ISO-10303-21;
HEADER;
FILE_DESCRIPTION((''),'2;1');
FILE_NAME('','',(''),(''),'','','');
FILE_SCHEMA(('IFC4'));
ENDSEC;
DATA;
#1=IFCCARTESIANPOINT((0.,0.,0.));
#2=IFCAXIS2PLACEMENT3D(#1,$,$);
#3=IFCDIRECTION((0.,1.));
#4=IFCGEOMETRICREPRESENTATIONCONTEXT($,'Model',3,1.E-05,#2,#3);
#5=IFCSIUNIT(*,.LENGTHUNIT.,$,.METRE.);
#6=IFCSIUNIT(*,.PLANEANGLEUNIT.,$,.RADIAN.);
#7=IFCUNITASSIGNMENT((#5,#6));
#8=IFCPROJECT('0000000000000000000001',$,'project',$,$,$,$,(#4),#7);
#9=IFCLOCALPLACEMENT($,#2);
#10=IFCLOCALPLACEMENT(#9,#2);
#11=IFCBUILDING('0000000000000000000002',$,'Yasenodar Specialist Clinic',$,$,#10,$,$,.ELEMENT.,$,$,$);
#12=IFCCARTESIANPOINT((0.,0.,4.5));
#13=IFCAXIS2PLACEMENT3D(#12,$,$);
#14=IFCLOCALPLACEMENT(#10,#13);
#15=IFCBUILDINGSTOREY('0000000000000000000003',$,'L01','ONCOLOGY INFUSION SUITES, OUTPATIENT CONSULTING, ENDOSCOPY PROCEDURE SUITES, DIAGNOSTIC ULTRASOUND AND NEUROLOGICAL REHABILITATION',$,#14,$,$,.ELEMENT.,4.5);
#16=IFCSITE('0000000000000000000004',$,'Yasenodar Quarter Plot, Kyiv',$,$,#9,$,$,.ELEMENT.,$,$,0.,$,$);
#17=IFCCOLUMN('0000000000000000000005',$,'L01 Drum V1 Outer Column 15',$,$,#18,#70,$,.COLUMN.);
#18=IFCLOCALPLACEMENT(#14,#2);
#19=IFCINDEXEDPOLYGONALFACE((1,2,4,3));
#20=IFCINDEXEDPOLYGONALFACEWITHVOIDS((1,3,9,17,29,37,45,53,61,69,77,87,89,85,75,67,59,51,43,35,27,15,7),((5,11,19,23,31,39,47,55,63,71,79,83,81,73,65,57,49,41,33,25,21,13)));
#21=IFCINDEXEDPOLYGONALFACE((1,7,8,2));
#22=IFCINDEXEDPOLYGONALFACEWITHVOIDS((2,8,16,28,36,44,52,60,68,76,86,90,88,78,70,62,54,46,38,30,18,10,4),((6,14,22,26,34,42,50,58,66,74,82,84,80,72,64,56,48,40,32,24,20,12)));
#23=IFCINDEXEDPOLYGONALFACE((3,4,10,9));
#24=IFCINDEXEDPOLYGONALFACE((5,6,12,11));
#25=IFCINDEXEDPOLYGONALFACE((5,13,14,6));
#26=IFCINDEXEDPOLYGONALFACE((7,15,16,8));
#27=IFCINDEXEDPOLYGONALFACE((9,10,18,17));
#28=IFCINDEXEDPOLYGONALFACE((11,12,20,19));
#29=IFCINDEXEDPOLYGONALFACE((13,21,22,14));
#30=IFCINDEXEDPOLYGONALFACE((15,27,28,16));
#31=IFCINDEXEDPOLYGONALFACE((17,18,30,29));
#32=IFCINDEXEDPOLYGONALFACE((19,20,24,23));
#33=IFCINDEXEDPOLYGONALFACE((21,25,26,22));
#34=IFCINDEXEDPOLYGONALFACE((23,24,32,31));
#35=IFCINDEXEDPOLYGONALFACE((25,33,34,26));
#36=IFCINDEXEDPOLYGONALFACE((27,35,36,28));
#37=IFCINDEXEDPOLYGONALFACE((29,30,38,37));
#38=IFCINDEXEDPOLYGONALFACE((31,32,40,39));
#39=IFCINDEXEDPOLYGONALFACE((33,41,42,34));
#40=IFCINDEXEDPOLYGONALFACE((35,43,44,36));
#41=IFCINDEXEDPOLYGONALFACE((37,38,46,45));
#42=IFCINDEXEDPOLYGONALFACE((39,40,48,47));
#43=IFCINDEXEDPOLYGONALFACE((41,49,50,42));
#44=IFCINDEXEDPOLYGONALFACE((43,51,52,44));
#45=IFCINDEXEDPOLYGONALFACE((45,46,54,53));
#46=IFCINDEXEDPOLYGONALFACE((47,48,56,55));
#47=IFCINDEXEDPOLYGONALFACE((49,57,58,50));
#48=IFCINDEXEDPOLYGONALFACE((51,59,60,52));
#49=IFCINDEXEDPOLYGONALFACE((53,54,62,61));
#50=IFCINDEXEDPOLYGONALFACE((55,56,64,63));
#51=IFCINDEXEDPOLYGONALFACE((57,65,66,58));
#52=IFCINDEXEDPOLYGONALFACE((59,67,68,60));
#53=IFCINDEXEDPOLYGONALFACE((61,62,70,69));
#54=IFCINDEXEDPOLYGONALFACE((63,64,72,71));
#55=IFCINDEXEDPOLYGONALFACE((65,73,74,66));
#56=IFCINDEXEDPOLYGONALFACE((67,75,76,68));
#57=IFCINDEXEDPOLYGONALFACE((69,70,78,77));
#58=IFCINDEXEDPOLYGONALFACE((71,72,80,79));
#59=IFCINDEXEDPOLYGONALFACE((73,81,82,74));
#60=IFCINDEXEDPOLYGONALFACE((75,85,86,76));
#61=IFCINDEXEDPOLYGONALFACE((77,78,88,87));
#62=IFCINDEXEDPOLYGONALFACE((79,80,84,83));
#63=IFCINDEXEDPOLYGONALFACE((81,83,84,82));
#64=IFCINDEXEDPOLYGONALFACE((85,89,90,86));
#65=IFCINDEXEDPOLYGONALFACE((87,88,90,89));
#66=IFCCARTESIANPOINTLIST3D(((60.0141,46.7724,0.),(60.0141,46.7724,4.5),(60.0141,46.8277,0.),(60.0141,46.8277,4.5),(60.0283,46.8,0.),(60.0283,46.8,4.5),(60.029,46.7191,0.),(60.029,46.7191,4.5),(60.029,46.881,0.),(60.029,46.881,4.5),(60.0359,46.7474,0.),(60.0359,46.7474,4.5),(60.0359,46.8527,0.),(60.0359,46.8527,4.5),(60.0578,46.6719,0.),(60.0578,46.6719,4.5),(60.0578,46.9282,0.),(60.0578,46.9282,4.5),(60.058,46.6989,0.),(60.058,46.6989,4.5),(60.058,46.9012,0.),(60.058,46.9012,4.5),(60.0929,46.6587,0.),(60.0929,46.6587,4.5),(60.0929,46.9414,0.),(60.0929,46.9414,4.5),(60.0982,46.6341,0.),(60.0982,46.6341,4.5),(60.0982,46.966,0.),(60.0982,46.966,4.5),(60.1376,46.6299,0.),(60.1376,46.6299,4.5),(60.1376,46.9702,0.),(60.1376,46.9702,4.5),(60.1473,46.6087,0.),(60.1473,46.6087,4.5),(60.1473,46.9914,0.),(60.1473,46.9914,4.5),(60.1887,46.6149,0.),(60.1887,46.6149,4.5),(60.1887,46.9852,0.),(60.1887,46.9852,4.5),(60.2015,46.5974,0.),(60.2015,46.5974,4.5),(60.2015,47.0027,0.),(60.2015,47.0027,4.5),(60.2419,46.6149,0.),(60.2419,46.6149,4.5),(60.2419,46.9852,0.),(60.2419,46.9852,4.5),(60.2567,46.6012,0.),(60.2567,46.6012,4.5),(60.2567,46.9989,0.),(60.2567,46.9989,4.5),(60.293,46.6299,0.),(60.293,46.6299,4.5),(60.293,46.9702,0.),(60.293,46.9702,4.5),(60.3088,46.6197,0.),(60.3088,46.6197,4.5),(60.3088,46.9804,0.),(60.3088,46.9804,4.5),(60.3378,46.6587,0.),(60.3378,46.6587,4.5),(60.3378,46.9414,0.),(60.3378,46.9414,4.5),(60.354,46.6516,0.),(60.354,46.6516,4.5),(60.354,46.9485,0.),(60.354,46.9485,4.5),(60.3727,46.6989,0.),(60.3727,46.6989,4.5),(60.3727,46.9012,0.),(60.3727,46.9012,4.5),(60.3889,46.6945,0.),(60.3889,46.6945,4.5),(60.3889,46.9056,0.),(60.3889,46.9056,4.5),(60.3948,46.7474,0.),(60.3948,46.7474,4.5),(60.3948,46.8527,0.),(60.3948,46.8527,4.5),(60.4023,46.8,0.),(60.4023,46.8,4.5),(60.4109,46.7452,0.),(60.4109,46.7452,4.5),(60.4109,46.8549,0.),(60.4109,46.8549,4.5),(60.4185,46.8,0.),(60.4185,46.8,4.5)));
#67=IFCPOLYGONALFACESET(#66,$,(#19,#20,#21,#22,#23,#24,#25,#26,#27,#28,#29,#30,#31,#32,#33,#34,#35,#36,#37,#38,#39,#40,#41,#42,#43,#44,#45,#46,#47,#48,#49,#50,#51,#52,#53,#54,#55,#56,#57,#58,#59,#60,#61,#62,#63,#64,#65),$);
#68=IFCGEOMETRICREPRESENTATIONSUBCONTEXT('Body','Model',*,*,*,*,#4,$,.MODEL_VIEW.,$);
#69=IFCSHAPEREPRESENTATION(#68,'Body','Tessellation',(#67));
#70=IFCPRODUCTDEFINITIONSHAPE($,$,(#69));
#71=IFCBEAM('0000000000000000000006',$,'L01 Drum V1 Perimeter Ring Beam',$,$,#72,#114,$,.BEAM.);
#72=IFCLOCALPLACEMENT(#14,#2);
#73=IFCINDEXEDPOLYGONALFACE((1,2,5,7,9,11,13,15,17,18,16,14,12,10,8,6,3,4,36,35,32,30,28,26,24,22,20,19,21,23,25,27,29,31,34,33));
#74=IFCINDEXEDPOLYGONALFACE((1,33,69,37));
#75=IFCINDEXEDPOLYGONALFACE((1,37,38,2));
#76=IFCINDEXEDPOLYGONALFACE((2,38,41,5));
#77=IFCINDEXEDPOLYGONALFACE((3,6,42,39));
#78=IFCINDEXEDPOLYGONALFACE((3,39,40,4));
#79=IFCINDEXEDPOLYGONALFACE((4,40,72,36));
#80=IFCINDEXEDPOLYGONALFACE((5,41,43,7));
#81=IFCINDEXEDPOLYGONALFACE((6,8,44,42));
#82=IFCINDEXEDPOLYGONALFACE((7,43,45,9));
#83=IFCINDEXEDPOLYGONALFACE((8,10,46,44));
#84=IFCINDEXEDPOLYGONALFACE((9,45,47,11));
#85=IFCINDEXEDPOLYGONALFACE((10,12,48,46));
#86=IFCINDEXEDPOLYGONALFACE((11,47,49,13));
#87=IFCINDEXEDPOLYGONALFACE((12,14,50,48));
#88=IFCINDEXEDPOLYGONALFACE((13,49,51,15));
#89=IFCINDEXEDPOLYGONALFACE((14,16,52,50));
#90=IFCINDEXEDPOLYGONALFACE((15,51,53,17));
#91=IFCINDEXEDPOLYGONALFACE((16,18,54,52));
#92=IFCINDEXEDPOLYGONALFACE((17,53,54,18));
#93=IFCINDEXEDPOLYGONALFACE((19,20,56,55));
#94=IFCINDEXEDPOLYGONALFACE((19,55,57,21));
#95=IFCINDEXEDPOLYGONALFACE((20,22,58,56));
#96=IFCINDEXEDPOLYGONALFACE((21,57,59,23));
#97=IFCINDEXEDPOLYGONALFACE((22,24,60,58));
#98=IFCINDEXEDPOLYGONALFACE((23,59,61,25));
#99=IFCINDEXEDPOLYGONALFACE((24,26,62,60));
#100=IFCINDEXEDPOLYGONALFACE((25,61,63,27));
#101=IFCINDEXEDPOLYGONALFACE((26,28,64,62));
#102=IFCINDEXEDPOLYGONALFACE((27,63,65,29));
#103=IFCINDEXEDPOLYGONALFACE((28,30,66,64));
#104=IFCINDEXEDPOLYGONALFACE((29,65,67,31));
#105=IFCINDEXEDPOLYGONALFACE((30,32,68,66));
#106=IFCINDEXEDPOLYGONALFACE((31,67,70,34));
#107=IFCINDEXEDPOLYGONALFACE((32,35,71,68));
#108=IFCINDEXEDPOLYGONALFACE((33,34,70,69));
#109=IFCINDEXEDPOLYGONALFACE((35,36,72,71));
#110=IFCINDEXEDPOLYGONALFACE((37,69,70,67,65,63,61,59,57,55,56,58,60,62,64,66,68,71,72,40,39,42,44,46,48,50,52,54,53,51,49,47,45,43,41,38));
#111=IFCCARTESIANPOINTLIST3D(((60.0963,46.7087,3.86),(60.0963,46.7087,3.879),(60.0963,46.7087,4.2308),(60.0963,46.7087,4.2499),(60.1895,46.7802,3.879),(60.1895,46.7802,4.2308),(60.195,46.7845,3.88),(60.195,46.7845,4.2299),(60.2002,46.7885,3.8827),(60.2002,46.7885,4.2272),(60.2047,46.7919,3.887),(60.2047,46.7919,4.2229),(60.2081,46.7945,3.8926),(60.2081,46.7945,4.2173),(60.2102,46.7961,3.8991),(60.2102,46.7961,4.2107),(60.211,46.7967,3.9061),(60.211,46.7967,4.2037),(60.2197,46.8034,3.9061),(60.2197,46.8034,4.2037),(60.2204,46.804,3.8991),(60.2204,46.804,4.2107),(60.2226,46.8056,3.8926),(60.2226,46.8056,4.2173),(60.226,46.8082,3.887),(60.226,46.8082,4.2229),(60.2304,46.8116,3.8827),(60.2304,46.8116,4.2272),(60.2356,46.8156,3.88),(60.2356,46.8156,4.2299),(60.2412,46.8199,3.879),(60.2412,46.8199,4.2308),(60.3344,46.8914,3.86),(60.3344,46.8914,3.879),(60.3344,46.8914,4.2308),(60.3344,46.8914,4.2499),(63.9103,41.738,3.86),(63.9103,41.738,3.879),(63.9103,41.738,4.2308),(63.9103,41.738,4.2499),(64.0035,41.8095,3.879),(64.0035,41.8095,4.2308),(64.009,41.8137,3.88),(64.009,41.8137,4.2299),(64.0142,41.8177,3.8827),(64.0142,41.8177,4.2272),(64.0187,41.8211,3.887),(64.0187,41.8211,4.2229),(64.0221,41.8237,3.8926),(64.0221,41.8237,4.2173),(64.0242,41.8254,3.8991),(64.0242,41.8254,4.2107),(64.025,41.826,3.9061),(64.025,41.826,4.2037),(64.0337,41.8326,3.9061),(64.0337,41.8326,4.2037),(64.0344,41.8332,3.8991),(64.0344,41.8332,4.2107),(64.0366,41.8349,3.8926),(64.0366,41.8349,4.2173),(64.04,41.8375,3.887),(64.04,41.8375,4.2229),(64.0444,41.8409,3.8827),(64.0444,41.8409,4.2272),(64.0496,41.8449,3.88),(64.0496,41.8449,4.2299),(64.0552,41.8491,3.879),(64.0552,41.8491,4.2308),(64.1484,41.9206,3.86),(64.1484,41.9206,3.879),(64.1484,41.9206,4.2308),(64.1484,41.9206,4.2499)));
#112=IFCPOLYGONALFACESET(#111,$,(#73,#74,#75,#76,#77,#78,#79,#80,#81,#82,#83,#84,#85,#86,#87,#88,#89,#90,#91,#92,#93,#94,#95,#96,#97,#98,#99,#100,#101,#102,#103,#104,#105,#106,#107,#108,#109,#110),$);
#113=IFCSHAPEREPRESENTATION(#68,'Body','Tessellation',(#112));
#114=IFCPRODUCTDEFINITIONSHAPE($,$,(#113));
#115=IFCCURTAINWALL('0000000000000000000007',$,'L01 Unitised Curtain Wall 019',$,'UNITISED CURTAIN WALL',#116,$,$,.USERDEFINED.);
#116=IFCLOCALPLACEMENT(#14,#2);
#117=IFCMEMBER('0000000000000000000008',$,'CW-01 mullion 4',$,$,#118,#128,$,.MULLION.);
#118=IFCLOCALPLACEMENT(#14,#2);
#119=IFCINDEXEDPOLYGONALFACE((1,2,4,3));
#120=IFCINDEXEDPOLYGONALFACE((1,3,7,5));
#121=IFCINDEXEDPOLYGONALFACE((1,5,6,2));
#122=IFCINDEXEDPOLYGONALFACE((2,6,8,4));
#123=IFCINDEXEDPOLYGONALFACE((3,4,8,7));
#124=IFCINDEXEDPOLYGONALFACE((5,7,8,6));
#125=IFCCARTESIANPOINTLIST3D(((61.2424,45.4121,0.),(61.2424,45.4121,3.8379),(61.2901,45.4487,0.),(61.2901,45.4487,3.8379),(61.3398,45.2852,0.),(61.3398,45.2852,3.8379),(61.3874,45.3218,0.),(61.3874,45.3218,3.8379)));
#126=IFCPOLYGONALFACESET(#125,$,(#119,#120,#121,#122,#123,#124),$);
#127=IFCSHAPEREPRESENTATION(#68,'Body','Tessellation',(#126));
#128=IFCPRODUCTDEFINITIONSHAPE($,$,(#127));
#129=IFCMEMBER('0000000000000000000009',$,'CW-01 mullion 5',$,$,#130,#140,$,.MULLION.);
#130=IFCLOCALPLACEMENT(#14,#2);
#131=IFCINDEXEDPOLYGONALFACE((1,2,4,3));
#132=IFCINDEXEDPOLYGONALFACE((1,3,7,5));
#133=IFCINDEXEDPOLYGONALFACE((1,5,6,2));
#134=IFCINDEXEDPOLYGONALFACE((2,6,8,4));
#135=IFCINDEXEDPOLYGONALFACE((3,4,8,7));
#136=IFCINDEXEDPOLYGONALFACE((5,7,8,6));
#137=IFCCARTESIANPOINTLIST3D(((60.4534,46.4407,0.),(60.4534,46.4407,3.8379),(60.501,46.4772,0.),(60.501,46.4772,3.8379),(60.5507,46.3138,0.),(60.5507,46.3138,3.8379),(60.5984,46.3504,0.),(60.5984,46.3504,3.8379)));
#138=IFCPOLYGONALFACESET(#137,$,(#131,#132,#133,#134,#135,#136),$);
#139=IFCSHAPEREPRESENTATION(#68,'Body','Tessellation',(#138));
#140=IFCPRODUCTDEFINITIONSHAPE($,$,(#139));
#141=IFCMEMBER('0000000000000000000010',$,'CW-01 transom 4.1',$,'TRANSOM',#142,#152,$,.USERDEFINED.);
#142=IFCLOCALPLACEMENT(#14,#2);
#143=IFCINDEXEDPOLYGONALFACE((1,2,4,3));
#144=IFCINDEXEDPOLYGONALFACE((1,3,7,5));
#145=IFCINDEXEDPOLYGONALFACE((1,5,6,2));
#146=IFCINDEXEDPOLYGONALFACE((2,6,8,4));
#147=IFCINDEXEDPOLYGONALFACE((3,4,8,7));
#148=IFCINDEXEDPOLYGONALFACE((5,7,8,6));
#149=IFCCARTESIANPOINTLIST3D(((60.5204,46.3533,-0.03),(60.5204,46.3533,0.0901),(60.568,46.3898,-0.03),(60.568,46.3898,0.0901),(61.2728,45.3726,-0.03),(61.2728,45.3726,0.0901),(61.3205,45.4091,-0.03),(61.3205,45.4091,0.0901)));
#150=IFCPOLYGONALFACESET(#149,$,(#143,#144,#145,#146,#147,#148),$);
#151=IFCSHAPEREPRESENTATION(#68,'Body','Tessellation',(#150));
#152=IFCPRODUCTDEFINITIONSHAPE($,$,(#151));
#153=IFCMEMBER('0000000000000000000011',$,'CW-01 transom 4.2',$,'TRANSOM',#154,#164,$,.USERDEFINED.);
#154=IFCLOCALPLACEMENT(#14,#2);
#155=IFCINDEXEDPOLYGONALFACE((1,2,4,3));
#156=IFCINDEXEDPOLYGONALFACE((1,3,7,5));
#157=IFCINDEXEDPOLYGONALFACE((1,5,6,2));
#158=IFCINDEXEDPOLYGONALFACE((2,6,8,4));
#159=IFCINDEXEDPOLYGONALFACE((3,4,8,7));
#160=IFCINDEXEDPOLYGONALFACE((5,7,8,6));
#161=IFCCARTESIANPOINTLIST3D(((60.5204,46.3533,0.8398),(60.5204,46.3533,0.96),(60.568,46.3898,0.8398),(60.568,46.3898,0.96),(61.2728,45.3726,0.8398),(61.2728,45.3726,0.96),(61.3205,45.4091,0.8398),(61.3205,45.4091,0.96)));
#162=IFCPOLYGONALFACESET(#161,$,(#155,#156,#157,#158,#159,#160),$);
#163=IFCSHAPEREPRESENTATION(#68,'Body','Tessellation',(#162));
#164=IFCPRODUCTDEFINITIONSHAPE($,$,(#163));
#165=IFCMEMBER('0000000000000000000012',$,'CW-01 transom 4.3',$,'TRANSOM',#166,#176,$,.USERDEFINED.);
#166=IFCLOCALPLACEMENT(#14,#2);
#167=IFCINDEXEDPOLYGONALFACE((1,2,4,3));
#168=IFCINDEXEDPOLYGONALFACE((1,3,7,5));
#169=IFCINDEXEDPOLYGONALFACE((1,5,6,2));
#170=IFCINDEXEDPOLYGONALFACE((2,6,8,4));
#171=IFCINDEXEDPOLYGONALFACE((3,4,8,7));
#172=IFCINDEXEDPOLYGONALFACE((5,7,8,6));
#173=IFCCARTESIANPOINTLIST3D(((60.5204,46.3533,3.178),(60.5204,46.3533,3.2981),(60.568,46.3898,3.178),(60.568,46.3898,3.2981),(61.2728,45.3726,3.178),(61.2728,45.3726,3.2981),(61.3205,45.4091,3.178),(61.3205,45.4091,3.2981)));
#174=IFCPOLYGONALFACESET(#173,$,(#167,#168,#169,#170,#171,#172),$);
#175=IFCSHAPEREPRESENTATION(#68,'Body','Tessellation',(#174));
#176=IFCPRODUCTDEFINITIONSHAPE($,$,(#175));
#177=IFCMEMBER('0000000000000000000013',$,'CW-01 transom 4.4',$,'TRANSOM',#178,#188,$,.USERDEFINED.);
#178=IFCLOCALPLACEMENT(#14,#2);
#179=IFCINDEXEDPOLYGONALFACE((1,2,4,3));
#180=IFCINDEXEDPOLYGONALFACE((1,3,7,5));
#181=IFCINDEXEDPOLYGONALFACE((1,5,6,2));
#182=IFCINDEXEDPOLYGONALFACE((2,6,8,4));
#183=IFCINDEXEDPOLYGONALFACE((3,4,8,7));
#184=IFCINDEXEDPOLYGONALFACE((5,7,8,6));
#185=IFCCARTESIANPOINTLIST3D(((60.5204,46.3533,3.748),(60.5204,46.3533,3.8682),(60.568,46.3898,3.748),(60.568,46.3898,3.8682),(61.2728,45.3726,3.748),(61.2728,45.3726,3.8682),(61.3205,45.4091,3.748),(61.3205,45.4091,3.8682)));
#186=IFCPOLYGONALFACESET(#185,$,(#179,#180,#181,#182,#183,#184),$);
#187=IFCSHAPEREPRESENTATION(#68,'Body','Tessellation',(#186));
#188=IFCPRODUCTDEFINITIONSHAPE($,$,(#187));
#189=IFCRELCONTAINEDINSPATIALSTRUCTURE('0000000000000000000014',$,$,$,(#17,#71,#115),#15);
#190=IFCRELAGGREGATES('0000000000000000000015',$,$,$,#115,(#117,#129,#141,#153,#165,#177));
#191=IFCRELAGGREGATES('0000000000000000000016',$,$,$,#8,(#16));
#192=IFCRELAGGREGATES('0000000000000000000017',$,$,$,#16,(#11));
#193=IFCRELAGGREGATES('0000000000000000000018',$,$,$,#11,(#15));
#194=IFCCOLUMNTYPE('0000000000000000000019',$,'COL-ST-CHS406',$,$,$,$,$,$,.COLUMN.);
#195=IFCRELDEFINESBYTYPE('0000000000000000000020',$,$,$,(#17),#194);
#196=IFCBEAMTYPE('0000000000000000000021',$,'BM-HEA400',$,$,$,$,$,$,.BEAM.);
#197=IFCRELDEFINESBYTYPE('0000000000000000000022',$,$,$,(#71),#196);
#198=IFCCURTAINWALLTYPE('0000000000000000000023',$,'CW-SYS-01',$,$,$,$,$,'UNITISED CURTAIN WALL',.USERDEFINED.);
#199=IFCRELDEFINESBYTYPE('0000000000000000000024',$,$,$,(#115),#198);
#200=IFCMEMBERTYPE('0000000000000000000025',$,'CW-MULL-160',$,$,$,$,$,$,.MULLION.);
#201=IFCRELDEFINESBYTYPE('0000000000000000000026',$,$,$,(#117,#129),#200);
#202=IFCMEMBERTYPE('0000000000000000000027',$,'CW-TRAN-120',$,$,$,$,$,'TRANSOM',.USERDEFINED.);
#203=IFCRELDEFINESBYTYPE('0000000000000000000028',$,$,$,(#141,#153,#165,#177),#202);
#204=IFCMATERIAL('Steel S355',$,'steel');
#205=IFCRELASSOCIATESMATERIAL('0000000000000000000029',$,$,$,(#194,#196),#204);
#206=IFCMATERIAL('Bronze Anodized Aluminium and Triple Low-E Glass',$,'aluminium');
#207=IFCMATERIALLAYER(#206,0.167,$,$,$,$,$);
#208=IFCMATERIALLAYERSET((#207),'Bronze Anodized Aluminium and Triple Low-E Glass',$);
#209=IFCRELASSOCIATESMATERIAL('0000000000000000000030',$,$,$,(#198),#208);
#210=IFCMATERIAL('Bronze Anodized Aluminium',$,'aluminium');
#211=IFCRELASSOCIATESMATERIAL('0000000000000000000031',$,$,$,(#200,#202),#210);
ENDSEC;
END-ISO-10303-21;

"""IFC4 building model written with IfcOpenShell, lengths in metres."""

from ifc_helpers import new_model, si_unit, direction, frame, origin, origin_2d, place, context, subcontext, project, spatial, rectangle, hollow_circle, i_section, extrude, material, layer, layer_set, material_profile, profile_set, type_object, element, aggregate, save


model = new_model("IFC4")

# Units and contexts
model_context = context("Model", 3, precision=1e-05, world=origin(), true_north=direction((0.0, 1.0)))
body_context = subcontext(model_context, "Body", "Model", "MODEL_VIEW")
ifc_project = project(units=[si_unit("LENGTHUNIT", "METRE"), si_unit("PLANEANGLEUNIT", "RADIAN")], contexts=[model_context])

# Site, building, storey
site_placement = place(None, origin())
site = spatial("IfcSite", under=ifc_project, at=site_placement, Name="Yasenodar Quarter Plot, Kyiv", CompositionType="ELEMENT", RefElevation=0.0)
building_placement = place(site_placement, origin())
building = spatial("IfcBuilding", under=site, at=building_placement, Name="Yasenodar Specialist Clinic", CompositionType="ELEMENT")
storey_placement = place(building_placement, frame((0.0, 0.0, 4.5)))
storey = spatial("IfcBuildingStorey", under=building, at=storey_placement, Name="L01", Description="ONCOLOGY INFUSION SUITES, OUTPATIENT CONSULTING, ENDOSCOPY PROCEDURE SUITES, DIAGNOSTIC ULTRASOUND AND NEUROLOGICAL REHABILITATION", CompositionType="ELEMENT", Elevation=4.5)

# Column
ifc_material_1 = material(Name="Steel S355", Category="steel")
ifc_material_profile_1 = material_profile(ifc_material_1, hollow_circle(Radius=0.2031, WallThickness=0.0161, at=origin_2d()), Name="CHS 406.4x16")
ifc_profile_set_1 = profile_set([ifc_material_profile_1], Name="Steel S355")
column_type = type_object("IfcColumnType", Name="COL-ST-CHS406", PredefinedType="COLUMN", material=ifc_profile_set_1)
column_placement = place(storey_placement, frame((60.2153, 46.8, 0.0), z_axis=(0.0, 0.0, 1.0), x_axis=(1.0, 0.0, 0.0)))
element("IfcColumn", 1, at=column_placement, inside=storey, type_object=column_type, Name="L01 Drum V1 Outer Column 15", PredefinedType="COLUMN", context=body_context, shape_type="SweptSolid", body=[
    extrude(hollow_circle(Radius=0.2031, WallThickness=0.0161, at=origin_2d()), origin(), (0.0, 0.0, 1.0), 4.5),
])

# Beam
ifc_material_profile_2 = material_profile(ifc_material_1, i_section(OverallWidth=0.3, OverallDepth=0.3899, WebThickness=0.011, FlangeThickness=0.019, FilletRadius=0.0271, at=origin_2d()), Name="HEA 400")
ifc_profile_set_2 = profile_set([ifc_material_profile_2], Name="Steel S355")
beam_type = type_object("IfcBeamType", Name="BM-HEA400", PredefinedType="BEAM", material=ifc_profile_set_2)
beam_placement = place(storey_placement, frame((60.2153, 46.8, 4.0549), z_axis=(0.608742, -0.793368, 0.0), x_axis=(0.793368, 0.608742, 0.0)))
element("IfcBeam", 2, at=beam_placement, inside=storey, type_object=beam_type, Name="L01 Drum V1 Perimeter Ring Beam", PredefinedType="BEAM", context=body_context, shape_type="SweptSolid", body=[
    extrude(i_section(OverallWidth=0.3, OverallDepth=0.3899, WebThickness=0.011, FlangeThickness=0.019, FilletRadius=0.0271, at=origin_2d()), origin(), (0.0, 0.0, 1.0), 6.2654),
])

# Curtain wall, members
ifc_material_2 = material(Name="Bronze Anodized Aluminium and Triple Low-E Glass", Category="aluminium")
ifc_layer_1 = layer(ifc_material_2, 0.167)
ifc_layer_set_1 = layer_set([ifc_layer_1], Name="Bronze Anodized Aluminium and Triple Low-E Glass")
curtain_wall_type = type_object("IfcCurtainWallType", Name="CW-SYS-01", ElementType="UNITISED CURTAIN WALL", PredefinedType="USERDEFINED", material=ifc_layer_set_1)
curtain_wall_placement = place(storey_placement, origin())
curtain_wall = element("IfcCurtainWall", 3, at=curtain_wall_placement, inside=storey, type_object=curtain_wall_type, Name="L01 Unitised Curtain Wall 019", ObjectType="UNITISED CURTAIN WALL", PredefinedType="USERDEFINED")
ifc_material_3 = material(Name="Bronze Anodized Aluminium", Category="aluminium")
ifc_material_profile_3 = material_profile(ifc_material_3, rectangle(XDim=0.0601, YDim=0.1599, at=origin_2d()), Name="CW-MULL 60x160")
ifc_profile_set_3 = profile_set([ifc_material_profile_3], Name="Bronze Anodized Aluminium")
member_type_1 = type_object("IfcMemberType", Name="CW-MULL-160", PredefinedType="MULLION", material=ifc_profile_set_3)
member_1_placement = place(storey_placement, frame((61.3149, 45.3669, 0.0), z_axis=(0.0, 0.0, 1.0), x_axis=(-0.793361, -0.608752, 0.0)))
member_1 = element("IfcMember", 4, at=member_1_placement, type_object=member_type_1, Name="CW-01 mullion 4", PredefinedType="MULLION", context=body_context, shape_type="SweptSolid", body=[
    extrude(rectangle(XDim=0.0601, YDim=0.1599, at=origin_2d()), origin(), (0.0, 0.0, 1.0), 3.8379),
])
member_2_placement = place(storey_placement, frame((60.5259, 46.3955, 0.0), z_axis=(0.0, 0.0, 1.0), x_axis=(-0.793361, -0.608752, 0.0)))
member_2 = element("IfcMember", 5, at=member_2_placement, type_object=member_type_1, Name="CW-01 mullion 5", PredefinedType="MULLION", context=body_context, shape_type="SweptSolid", body=[
    extrude(rectangle(XDim=0.0601, YDim=0.1599, at=origin_2d()), origin(), (0.0, 0.0, 1.0), 3.8379),
])
ifc_material_profile_4 = material_profile(ifc_material_3, rectangle(XDim=0.0601, YDim=0.1201, at=origin_2d()), Name="CW-TRAN 60x120")
ifc_profile_set_4 = profile_set([ifc_material_profile_4], Name="Bronze Anodized Aluminium")
member_type_2 = type_object("IfcMemberType", Name="CW-TRAN-120", ElementType="TRANSOM", PredefinedType="USERDEFINED", material=ifc_profile_set_4)
member_3_placement = place(storey_placement, frame((61.2966, 45.3909, 0.03), z_axis=(-0.608718, 0.793387, 0.0), x_axis=(-0.793387, -0.608718, 0.0)))
member_3 = element("IfcMember", 6, at=member_3_placement, type_object=member_type_2, Name="CW-01 transom 4.1", ObjectType="TRANSOM", PredefinedType="USERDEFINED", context=body_context, shape_type="SweptSolid", body=[
    extrude(rectangle(XDim=0.0601, YDim=0.1201, at=origin_2d()), origin(), (0.0, 0.0, 1.0), 1.2361),
])
member_4_placement = place(storey_placement, frame((61.2966, 45.3909, 0.8999), z_axis=(-0.608718, 0.793387, 0.0), x_axis=(-0.793387, -0.608718, 0.0)))
member_4 = element("IfcMember", 7, at=member_4_placement, type_object=member_type_2, Name="CW-01 transom 4.2", ObjectType="TRANSOM", PredefinedType="USERDEFINED", context=body_context, shape_type="SweptSolid", body=[
    extrude(rectangle(XDim=0.0601, YDim=0.1201, at=origin_2d()), origin(), (0.0, 0.0, 1.0), 1.2361),
])
member_5_placement = place(storey_placement, frame((61.2966, 45.3909, 3.238), z_axis=(-0.608718, 0.793387, 0.0), x_axis=(-0.793387, -0.608718, 0.0)))
member_5 = element("IfcMember", 8, at=member_5_placement, type_object=member_type_2, Name="CW-01 transom 4.3", ObjectType="TRANSOM", PredefinedType="USERDEFINED", context=body_context, shape_type="SweptSolid", body=[
    extrude(rectangle(XDim=0.0601, YDim=0.1201, at=origin_2d()), origin(), (0.0, 0.0, 1.0), 1.2361),
])
member_6_placement = place(storey_placement, frame((61.2966, 45.3909, 3.8081), z_axis=(-0.608718, 0.793387, 0.0), x_axis=(-0.793387, -0.608718, 0.0)))
member_6 = element("IfcMember", 9, at=member_6_placement, type_object=member_type_2, Name="CW-01 transom 4.4", ObjectType="TRANSOM", PredefinedType="USERDEFINED", context=body_context, shape_type="SweptSolid", body=[
    extrude(rectangle(XDim=0.0601, YDim=0.1201, at=origin_2d()), origin(), (0.0, 0.0, 1.0), 1.2361),
])
aggregate(curtain_wall, [member_1, member_2, member_3, member_4, member_5, member_6])

save(model, "model.ifc")
